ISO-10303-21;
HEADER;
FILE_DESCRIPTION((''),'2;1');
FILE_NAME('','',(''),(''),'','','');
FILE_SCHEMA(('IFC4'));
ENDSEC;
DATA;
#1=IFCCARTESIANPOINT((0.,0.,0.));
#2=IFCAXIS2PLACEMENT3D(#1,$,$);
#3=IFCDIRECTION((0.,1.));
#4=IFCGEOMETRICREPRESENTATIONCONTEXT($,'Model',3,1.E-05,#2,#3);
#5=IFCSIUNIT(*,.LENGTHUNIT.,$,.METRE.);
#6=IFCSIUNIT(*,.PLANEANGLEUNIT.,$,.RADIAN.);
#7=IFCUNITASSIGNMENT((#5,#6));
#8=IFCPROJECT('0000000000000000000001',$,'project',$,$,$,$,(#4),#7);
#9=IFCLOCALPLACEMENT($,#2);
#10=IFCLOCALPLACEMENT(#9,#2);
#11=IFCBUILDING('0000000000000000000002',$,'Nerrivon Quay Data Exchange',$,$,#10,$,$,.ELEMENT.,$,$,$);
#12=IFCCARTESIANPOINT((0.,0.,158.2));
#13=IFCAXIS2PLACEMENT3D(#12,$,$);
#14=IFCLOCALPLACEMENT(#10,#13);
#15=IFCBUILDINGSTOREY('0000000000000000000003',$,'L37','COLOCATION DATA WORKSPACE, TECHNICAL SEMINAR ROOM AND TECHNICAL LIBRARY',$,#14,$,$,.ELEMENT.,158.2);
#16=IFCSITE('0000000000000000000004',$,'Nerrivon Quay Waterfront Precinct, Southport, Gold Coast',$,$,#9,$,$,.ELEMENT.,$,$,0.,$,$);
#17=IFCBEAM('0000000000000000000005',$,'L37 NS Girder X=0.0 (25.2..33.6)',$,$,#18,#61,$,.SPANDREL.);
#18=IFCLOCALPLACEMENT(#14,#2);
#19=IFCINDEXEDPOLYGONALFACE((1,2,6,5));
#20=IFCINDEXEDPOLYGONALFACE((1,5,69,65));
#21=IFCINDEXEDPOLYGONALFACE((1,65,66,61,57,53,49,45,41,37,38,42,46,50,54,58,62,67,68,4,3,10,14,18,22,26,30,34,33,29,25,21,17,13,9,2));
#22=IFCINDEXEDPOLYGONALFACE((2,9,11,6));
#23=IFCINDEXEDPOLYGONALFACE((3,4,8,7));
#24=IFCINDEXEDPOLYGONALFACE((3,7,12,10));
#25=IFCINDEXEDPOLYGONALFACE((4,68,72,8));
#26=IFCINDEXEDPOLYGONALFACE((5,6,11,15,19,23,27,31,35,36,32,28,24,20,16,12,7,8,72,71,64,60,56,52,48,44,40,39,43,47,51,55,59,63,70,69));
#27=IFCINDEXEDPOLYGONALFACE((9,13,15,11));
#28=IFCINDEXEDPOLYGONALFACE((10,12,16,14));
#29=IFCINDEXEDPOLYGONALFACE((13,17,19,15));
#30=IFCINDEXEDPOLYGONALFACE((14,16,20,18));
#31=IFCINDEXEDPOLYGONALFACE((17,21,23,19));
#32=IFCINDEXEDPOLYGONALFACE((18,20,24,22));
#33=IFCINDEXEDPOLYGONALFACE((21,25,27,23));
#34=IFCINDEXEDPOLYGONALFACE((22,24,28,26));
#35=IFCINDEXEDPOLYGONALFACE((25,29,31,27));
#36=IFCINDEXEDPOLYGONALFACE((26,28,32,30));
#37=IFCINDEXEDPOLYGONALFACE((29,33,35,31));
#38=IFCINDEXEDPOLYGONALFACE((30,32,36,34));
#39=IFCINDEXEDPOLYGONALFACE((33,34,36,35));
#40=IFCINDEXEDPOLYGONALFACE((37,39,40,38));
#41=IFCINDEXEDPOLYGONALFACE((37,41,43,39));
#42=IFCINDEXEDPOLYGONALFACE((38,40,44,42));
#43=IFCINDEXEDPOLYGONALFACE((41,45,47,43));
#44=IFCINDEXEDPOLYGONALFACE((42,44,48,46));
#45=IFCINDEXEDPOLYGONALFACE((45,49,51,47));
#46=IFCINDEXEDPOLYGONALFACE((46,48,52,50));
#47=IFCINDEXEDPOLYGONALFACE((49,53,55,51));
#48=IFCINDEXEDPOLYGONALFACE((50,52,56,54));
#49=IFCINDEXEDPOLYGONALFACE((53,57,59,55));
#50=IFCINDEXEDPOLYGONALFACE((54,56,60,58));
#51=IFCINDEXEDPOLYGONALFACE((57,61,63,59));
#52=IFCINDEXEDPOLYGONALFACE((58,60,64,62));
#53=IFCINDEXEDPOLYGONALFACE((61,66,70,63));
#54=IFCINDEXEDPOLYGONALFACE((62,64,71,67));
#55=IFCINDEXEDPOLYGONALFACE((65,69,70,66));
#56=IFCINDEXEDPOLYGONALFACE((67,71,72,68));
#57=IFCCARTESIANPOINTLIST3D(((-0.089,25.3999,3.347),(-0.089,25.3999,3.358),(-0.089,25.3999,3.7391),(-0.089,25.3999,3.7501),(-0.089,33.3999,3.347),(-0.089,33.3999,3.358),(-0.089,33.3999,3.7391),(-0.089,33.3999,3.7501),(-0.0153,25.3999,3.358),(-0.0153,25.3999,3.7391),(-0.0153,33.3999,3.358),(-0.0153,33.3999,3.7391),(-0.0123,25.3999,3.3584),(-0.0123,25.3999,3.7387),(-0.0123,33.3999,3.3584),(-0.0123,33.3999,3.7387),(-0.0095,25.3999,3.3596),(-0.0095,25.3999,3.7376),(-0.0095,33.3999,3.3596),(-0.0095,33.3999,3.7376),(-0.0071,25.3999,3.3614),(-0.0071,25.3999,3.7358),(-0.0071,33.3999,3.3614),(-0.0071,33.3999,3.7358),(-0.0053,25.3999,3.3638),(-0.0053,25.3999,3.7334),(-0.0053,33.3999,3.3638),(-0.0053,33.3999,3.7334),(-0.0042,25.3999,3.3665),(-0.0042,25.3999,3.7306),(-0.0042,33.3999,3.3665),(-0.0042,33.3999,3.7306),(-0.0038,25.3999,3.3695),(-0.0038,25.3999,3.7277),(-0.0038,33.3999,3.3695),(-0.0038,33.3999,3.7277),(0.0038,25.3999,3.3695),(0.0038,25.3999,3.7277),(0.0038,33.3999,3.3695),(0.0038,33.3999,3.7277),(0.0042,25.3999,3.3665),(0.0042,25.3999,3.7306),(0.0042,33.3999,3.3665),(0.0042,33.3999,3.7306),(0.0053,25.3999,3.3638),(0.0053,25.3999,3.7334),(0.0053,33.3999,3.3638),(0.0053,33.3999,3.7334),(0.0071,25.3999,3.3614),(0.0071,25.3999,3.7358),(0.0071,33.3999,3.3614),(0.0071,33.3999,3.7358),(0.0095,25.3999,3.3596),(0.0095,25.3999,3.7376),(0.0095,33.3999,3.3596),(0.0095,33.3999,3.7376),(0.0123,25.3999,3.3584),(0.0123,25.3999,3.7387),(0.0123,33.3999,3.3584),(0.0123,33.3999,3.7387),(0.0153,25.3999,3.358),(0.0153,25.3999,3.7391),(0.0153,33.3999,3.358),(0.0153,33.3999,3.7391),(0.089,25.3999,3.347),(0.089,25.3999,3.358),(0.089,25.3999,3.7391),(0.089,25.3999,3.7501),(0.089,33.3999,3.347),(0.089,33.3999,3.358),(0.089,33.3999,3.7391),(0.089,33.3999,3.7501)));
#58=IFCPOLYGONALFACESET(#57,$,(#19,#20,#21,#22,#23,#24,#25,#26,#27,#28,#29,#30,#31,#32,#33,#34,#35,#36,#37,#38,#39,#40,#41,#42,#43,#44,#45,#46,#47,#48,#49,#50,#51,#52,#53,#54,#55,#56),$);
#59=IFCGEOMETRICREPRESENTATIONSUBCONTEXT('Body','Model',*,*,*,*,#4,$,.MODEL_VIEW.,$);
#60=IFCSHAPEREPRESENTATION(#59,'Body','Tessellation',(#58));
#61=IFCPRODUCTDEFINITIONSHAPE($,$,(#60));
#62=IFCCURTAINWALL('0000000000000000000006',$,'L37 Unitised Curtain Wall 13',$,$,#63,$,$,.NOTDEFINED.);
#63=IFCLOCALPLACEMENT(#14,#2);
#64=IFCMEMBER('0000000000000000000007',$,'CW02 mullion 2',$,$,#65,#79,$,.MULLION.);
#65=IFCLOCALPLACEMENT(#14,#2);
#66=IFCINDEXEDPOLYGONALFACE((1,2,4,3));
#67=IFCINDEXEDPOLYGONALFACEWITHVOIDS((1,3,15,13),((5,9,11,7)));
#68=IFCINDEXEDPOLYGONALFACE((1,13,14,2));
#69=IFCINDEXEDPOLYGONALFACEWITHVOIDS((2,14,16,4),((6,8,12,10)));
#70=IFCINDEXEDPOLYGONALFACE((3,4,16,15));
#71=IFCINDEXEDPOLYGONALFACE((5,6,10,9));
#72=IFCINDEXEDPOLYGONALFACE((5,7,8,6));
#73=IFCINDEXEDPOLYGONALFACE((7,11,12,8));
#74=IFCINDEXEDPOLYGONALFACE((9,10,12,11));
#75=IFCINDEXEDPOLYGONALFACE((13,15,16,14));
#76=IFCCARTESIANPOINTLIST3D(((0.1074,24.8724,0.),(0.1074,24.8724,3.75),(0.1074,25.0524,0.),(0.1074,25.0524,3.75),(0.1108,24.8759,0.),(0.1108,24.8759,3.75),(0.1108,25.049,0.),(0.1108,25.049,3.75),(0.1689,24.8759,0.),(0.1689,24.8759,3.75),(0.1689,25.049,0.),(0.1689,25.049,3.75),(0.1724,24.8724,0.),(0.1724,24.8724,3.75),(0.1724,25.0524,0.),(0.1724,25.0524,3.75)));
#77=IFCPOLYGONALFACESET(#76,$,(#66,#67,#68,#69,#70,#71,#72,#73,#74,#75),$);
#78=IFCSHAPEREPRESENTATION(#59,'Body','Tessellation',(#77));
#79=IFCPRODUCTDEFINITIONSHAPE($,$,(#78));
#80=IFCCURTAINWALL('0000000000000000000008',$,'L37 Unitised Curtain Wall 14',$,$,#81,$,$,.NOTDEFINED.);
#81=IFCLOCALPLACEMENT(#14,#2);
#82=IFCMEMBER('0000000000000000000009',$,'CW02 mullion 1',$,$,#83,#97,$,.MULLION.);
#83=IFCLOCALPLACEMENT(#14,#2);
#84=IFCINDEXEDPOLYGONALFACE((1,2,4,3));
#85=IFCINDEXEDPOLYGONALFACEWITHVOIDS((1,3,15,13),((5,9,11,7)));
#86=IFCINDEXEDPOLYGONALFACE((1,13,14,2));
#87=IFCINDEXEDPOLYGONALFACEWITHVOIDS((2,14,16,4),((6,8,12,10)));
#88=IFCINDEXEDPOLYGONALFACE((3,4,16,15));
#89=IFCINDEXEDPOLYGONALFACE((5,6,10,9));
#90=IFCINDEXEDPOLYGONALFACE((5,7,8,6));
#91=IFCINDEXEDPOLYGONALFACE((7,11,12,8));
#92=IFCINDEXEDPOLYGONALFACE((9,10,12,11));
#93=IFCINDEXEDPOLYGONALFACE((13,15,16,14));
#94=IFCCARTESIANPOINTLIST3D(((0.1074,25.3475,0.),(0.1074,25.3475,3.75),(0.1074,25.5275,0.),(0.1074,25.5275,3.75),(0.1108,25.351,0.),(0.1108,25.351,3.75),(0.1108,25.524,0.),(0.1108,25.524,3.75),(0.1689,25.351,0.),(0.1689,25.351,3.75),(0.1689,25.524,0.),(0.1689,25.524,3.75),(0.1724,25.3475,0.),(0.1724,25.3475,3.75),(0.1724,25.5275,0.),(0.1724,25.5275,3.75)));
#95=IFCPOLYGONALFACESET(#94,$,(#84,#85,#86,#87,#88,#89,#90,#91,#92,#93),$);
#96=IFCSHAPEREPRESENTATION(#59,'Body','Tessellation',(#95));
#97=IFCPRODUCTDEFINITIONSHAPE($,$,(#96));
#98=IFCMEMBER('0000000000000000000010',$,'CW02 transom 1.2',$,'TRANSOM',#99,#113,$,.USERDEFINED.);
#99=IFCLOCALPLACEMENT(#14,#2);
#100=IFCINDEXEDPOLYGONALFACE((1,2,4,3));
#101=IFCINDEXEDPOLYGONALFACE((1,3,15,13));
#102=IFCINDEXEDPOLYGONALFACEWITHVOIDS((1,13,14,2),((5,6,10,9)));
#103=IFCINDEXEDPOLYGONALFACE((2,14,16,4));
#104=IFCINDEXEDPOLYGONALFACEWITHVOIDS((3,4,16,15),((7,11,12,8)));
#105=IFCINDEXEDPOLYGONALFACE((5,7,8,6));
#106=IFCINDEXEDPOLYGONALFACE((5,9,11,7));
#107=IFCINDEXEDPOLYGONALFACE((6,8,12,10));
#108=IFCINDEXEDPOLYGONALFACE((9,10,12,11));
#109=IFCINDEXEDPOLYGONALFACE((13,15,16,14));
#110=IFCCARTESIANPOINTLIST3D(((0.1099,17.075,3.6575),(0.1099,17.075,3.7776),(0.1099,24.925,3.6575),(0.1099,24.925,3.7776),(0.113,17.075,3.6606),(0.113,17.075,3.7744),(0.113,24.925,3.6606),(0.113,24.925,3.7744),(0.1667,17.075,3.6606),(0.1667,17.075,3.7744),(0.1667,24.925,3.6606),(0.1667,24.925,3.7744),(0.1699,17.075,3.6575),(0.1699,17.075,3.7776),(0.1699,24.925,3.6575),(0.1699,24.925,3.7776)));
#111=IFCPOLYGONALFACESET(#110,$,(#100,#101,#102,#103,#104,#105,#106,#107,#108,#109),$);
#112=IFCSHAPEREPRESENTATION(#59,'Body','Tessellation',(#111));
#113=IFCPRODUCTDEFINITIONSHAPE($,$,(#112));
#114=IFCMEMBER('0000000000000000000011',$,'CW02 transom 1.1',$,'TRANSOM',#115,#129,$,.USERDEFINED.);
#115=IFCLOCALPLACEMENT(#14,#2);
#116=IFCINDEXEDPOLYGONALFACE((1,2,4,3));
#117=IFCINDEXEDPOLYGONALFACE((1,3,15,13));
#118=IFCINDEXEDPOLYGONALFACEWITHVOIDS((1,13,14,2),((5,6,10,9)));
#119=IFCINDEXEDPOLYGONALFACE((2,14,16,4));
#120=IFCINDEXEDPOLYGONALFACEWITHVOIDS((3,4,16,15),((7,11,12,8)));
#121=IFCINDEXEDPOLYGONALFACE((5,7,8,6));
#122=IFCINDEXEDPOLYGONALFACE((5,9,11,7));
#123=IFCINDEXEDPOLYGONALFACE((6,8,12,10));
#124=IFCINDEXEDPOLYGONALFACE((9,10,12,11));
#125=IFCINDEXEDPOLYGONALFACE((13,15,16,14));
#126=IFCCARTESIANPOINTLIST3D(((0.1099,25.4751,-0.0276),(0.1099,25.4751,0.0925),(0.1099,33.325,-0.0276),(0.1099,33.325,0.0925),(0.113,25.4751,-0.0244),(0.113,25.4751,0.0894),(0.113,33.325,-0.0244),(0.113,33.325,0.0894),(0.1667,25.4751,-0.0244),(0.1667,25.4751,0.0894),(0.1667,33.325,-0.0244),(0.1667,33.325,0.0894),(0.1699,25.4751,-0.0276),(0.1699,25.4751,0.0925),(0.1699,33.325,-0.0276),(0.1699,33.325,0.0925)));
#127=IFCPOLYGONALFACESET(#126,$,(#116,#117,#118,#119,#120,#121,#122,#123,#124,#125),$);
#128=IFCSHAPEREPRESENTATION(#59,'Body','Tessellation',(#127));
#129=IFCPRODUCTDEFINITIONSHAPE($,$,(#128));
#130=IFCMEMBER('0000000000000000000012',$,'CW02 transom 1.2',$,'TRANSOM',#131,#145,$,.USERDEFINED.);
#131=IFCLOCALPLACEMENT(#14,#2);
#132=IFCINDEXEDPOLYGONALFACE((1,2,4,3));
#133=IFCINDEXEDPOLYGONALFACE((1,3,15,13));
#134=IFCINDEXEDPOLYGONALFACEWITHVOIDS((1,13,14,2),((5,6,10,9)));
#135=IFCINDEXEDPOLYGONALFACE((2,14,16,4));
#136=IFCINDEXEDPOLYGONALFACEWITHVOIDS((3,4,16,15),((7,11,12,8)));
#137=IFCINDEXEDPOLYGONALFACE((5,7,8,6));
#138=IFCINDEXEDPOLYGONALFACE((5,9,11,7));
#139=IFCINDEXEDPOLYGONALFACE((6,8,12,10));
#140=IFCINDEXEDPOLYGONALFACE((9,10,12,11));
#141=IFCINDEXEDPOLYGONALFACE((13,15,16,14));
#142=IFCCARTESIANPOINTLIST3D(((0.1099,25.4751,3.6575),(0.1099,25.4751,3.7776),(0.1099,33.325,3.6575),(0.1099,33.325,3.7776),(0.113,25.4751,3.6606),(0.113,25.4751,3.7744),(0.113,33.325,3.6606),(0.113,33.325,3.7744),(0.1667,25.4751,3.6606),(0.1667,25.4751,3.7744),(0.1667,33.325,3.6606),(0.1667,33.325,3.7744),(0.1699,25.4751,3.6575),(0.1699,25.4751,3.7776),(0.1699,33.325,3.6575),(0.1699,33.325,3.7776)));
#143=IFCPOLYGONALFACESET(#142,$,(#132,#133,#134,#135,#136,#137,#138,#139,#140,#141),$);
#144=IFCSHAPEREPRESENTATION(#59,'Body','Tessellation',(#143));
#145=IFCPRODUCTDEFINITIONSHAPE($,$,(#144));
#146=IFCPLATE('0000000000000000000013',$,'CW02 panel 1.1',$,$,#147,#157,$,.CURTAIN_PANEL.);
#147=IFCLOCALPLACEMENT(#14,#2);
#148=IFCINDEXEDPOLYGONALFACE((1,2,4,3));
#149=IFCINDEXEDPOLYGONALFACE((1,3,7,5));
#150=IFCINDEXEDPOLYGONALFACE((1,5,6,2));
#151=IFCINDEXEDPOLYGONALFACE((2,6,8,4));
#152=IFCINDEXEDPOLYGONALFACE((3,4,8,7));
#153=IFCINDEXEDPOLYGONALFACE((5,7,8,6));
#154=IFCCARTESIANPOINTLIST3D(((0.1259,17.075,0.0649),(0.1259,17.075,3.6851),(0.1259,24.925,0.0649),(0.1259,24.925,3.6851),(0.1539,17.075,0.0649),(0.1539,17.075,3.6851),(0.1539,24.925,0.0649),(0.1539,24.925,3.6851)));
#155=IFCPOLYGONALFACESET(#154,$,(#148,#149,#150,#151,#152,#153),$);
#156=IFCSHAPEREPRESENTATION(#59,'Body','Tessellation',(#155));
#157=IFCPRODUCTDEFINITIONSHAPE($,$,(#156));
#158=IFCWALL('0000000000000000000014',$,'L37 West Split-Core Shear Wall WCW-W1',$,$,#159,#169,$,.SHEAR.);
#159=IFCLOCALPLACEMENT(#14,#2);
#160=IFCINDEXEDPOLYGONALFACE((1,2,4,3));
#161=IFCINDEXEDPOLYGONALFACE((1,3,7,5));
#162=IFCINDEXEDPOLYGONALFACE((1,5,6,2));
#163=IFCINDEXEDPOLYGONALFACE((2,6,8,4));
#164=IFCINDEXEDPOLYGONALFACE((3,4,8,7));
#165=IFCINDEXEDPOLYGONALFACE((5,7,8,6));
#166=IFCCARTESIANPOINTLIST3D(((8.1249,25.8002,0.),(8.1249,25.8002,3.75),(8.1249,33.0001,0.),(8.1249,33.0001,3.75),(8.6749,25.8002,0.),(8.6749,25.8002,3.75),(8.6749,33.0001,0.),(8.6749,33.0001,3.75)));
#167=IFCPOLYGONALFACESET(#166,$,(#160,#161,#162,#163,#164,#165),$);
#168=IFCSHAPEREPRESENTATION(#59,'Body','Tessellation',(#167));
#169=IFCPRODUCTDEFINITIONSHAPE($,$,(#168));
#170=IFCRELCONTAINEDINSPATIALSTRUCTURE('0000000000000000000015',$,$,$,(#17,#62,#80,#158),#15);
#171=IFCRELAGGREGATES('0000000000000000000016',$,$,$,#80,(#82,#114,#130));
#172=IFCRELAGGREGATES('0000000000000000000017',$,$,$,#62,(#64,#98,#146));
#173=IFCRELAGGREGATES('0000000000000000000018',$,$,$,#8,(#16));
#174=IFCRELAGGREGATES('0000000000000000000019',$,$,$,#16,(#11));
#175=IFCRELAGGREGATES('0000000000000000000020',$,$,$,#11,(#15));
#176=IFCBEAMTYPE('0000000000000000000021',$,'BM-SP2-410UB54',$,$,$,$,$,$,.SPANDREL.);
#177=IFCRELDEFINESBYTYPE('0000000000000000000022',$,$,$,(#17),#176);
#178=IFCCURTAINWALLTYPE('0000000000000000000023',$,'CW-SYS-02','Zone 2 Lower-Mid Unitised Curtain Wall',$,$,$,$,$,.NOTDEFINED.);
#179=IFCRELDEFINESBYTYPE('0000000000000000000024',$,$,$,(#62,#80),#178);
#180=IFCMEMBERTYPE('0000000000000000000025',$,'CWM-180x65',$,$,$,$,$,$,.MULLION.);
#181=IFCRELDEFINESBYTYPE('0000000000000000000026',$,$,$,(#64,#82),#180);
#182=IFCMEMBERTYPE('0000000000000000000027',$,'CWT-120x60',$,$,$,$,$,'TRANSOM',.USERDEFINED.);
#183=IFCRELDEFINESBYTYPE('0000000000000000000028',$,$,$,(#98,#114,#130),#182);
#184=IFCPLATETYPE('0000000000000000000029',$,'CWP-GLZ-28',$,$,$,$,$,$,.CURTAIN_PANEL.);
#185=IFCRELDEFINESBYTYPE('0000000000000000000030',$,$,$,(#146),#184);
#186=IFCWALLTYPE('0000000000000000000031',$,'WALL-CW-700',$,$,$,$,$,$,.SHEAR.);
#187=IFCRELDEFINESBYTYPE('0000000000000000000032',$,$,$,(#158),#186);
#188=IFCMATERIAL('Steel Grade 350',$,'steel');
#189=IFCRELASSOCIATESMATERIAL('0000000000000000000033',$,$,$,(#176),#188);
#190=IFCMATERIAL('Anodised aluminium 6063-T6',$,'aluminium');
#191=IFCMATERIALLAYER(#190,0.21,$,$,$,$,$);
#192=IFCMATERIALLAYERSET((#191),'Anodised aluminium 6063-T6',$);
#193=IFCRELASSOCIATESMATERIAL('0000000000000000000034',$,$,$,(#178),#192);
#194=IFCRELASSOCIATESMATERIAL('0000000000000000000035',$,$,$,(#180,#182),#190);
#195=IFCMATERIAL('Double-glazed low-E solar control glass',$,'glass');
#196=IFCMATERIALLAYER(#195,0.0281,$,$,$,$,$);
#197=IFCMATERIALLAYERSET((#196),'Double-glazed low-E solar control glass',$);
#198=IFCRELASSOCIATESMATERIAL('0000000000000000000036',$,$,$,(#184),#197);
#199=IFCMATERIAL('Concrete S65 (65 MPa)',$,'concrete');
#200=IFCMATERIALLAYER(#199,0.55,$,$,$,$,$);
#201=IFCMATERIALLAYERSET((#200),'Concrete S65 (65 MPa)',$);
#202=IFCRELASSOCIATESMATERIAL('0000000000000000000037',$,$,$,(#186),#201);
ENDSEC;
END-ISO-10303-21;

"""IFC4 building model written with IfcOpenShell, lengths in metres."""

from ifc_helpers import new_model, si_unit, direction, frame, frame_2d, origin, origin_2d, place, context, subcontext, project, spatial, rectangle, hollow_rectangle, i_section, extrude, material, layer, layer_set, material_profile, profile_set, type_object, element, aggregate, save


model = new_model("IFC4")

# Units and contexts
model_context = context("Model", 3, precision=1e-05, world=origin(), true_north=direction((0.0, 1.0)))
body_context = subcontext(model_context, "Body", "Model", "MODEL_VIEW")
ifc_project = project(units=[si_unit("LENGTHUNIT", "METRE"), si_unit("PLANEANGLEUNIT", "RADIAN")], contexts=[model_context])

# Site, building, storey
site_placement = place(None, origin())
site = spatial("IfcSite", under=ifc_project, at=site_placement, Name="Nerrivon Quay Waterfront Precinct, Southport, Gold Coast", CompositionType="ELEMENT", RefElevation=0.0)
building_placement = place(site_placement, origin())
building = spatial("IfcBuilding", under=site, at=building_placement, Name="Nerrivon Quay Data Exchange", CompositionType="ELEMENT")
storey_placement = place(building_placement, frame((0.0, 0.0, 158.2)))
storey = spatial("IfcBuildingStorey", under=building, at=storey_placement, Name="L37", Description="COLOCATION DATA WORKSPACE, TECHNICAL SEMINAR ROOM AND TECHNICAL LIBRARY", CompositionType="ELEMENT", Elevation=158.2)

# Shared definitions
ifc_material_1 = material(Name="Concrete S65 (65 MPa)", Category="concrete")
ifc_material_2 = material(Name="Steel Grade 350", Category="steel")

# Beam
ifc_material_profile_1 = material_profile(ifc_material_2, i_section(OverallWidth=0.178, OverallDepth=0.4031, WebThickness=0.0076, FlangeThickness=0.011, FilletRadius=0.0115, at=origin_2d()), Name="410UB53.7")
ifc_profile_set_1 = profile_set([ifc_material_profile_1], Name="Steel Grade 350")
beam_type_1 = type_object("IfcBeamType", Name="BM-SP2-410UB54", PredefinedType="SPANDREL", material=ifc_profile_set_1)
beam_1_placement = place(storey_placement, frame((0.0, 25.3999, 3.5486), z_axis=(0.0, 1.0, 0.0), x_axis=(-1.0, 0.0, 0.0)))
element("IfcBeam", 1, at=beam_1_placement, inside=storey, type_object=beam_type_1, Name="L37 NS Girder X=0.0 (25.2..33.6)", PredefinedType="SPANDREL", context=body_context, shape_type="SweptSolid", body=[
    extrude(i_section(OverallWidth=0.178, OverallDepth=0.4031, WebThickness=0.0076, FlangeThickness=0.011, FilletRadius=0.0115, at=origin_2d()), origin(), (0.0, 0.0, 1.0), 8.0),
])

# Curtain walls, members
ifc_material_3 = material(Name="Anodised aluminium 6063-T6", Category="aluminium")
ifc_layer_1 = layer(ifc_material_3, 0.21)
ifc_layer_set_1 = layer_set([ifc_layer_1], Name="Anodised aluminium 6063-T6")
curtain_wall_type = type_object("IfcCurtainWallType", Name="CW-SYS-02", Description="Zone 2 Lower-Mid Unitised Curtain Wall", PredefinedType="NOTDEFINED", material=ifc_layer_set_1)
curtain_wall_1_placement = place(storey_placement, origin())
curtain_wall_1 = element("IfcCurtainWall", 2, at=curtain_wall_1_placement, inside=storey, type_object=curtain_wall_type, Name="L37 Unitised Curtain Wall 13", PredefinedType="NOTDEFINED")
ifc_material_profile_2 = material_profile(ifc_material_3, hollow_rectangle(XDim=0.0649, YDim=0.1799, WallThickness=0.0034, at=origin_2d()), Name="ALU-MULL-180x65")
ifc_profile_set_2 = profile_set([ifc_material_profile_2], Name="Anodised aluminium 6063-T6")
member_type_1 = type_object("IfcMemberType", Name="CWM-180x65", PredefinedType="MULLION", material=ifc_profile_set_2)
member_1_placement = place(storey_placement, frame((0.1399, 24.9624, 0.0), z_axis=(0.0, 0.0, 1.0), x_axis=(-1.0, 0.0, 0.0)))
member_1 = element("IfcMember", 3, at=member_1_placement, type_object=member_type_1, Name="CW02 mullion 2", PredefinedType="MULLION", context=body_context, shape_type="SweptSolid", body=[
    extrude(hollow_rectangle(XDim=0.0649, YDim=0.1799, WallThickness=0.0034, at=origin_2d()), origin(), (0.0, 0.0, 1.0), 3.75),
])
curtain_wall_2_placement = place(storey_placement, origin())
curtain_wall_2 = element("IfcCurtainWall", 4, at=curtain_wall_2_placement, inside=storey, type_object=curtain_wall_type, Name="L37 Unitised Curtain Wall 14", PredefinedType="NOTDEFINED")
member_2_placement = place(storey_placement, frame((0.1399, 25.4375, 0.0), z_axis=(0.0, 0.0, 1.0), x_axis=(-1.0, 0.0, 0.0)))
member_2 = element("IfcMember", 5, at=member_2_placement, type_object=member_type_1, Name="CW02 mullion 1", PredefinedType="MULLION", context=body_context, shape_type="SweptSolid", body=[
    extrude(hollow_rectangle(XDim=0.0649, YDim=0.1799, WallThickness=0.0034, at=origin_2d()), origin(), (0.0, 0.0, 1.0), 3.75),
])

# Members
ifc_material_profile_3 = material_profile(ifc_material_3, hollow_rectangle(XDim=0.0601, YDim=0.1201, WallThickness=0.0032, at=origin_2d()), Name="ALU-TRAN-120x60")
ifc_profile_set_3 = profile_set([ifc_material_profile_3], Name="Anodised aluminium 6063-T6")
member_type_2 = type_object("IfcMemberType", Name="CWT-120x60", ElementType="TRANSOM", PredefinedType="USERDEFINED", material=ifc_profile_set_3)
member_3_placement = place(storey_placement, frame((0.1399, 17.075, 3.7175), z_axis=(0.0, 1.0, 0.0), x_axis=(-1.0, 0.0, 0.0)))
member_3 = element("IfcMember", 6, at=member_3_placement, type_object=member_type_2, Name="CW02 transom 1.2", ObjectType="TRANSOM", PredefinedType="USERDEFINED", context=body_context, shape_type="SweptSolid", body=[
    extrude(hollow_rectangle(XDim=0.0601, YDim=0.1201, WallThickness=0.0032, at=origin_2d()), origin(), (0.0, 0.0, 1.0), 7.8501),
])
member_4_placement = place(storey_placement, frame((0.1399, 25.4751, 0.0325), z_axis=(0.0, 1.0, 0.0), x_axis=(-1.0, 0.0, 0.0)))
member_4 = element("IfcMember", 7, at=member_4_placement, type_object=member_type_2, Name="CW02 transom 1.1", ObjectType="TRANSOM", PredefinedType="USERDEFINED", context=body_context, shape_type="SweptSolid", body=[
    extrude(hollow_rectangle(XDim=0.0601, YDim=0.1201, WallThickness=0.0032, at=origin_2d()), origin(), (0.0, 0.0, 1.0), 7.8499),
])
member_5_placement = place(storey_placement, frame((0.1399, 25.4751, 3.7175), z_axis=(0.0, 1.0, 0.0), x_axis=(-1.0, 0.0, 0.0)))
member_5 = element("IfcMember", 8, at=member_5_placement, type_object=member_type_2, Name="CW02 transom 1.2", ObjectType="TRANSOM", PredefinedType="USERDEFINED", context=body_context, shape_type="SweptSolid", body=[
    extrude(hollow_rectangle(XDim=0.0601, YDim=0.1201, WallThickness=0.0032, at=origin_2d()), origin(), (0.0, 0.0, 1.0), 7.8499),
])
aggregate(curtain_wall_2, [member_2, member_4, member_5])

# Plate
ifc_material_4 = material(Name="Double-glazed low-E solar control glass", Category="glass")
ifc_layer_2 = layer(ifc_material_4, 0.0281)
ifc_layer_set_2 = layer_set([ifc_layer_2], Name="Double-glazed low-E solar control glass")
plate_type = type_object("IfcPlateType", Name="CWP-GLZ-28", PredefinedType="CURTAIN_PANEL", material=ifc_layer_set_2)
plate_placement = place(storey_placement, frame((0.1399, 21.0, 0.0649), z_axis=(0.0, 0.0, 1.0), x_axis=(0.0, 1.0, 0.0)))
plate = element("IfcPlate", 9, at=plate_placement, type_object=plate_type, Name="CW02 panel 1.1", PredefinedType="CURTAIN_PANEL", context=body_context, shape_type="SweptSolid", body=[
    extrude(rectangle(XDim=7.8501, YDim=0.0281, at=origin_2d()), origin(), (0.0, 0.0, 1.0), 3.6201),
])
aggregate(curtain_wall_1, [member_1, member_3, plate])

# Wall
ifc_layer_3 = layer(ifc_material_1, 0.55)
ifc_layer_set_3 = layer_set([ifc_layer_3], Name="Concrete S65 (65 MPa)")
wall_type_1 = type_object("IfcWallType", Name="WALL-CW-700", PredefinedType="SHEAR", material=ifc_layer_set_3)
wall_1_placement = place(storey_placement, frame((8.3999, 25.8, 0.0), z_axis=(0.0, 0.0, 1.0), x_axis=(0.0, 1.0, 0.0)))
element("IfcWall", 10, at=wall_1_placement, inside=storey, type_object=wall_type_1, Name="L37 West Split-Core Shear Wall WCW-W1", PredefinedType="SHEAR", context=body_context, shape_type="SweptSolid", body=[
    extrude(rectangle(XDim=7.2, YDim=0.55, at=frame_2d((3.6001, 0.0))), origin(), (0.0, 0.0, 1.0), 3.75),
])

save(model, "model.ifc")
